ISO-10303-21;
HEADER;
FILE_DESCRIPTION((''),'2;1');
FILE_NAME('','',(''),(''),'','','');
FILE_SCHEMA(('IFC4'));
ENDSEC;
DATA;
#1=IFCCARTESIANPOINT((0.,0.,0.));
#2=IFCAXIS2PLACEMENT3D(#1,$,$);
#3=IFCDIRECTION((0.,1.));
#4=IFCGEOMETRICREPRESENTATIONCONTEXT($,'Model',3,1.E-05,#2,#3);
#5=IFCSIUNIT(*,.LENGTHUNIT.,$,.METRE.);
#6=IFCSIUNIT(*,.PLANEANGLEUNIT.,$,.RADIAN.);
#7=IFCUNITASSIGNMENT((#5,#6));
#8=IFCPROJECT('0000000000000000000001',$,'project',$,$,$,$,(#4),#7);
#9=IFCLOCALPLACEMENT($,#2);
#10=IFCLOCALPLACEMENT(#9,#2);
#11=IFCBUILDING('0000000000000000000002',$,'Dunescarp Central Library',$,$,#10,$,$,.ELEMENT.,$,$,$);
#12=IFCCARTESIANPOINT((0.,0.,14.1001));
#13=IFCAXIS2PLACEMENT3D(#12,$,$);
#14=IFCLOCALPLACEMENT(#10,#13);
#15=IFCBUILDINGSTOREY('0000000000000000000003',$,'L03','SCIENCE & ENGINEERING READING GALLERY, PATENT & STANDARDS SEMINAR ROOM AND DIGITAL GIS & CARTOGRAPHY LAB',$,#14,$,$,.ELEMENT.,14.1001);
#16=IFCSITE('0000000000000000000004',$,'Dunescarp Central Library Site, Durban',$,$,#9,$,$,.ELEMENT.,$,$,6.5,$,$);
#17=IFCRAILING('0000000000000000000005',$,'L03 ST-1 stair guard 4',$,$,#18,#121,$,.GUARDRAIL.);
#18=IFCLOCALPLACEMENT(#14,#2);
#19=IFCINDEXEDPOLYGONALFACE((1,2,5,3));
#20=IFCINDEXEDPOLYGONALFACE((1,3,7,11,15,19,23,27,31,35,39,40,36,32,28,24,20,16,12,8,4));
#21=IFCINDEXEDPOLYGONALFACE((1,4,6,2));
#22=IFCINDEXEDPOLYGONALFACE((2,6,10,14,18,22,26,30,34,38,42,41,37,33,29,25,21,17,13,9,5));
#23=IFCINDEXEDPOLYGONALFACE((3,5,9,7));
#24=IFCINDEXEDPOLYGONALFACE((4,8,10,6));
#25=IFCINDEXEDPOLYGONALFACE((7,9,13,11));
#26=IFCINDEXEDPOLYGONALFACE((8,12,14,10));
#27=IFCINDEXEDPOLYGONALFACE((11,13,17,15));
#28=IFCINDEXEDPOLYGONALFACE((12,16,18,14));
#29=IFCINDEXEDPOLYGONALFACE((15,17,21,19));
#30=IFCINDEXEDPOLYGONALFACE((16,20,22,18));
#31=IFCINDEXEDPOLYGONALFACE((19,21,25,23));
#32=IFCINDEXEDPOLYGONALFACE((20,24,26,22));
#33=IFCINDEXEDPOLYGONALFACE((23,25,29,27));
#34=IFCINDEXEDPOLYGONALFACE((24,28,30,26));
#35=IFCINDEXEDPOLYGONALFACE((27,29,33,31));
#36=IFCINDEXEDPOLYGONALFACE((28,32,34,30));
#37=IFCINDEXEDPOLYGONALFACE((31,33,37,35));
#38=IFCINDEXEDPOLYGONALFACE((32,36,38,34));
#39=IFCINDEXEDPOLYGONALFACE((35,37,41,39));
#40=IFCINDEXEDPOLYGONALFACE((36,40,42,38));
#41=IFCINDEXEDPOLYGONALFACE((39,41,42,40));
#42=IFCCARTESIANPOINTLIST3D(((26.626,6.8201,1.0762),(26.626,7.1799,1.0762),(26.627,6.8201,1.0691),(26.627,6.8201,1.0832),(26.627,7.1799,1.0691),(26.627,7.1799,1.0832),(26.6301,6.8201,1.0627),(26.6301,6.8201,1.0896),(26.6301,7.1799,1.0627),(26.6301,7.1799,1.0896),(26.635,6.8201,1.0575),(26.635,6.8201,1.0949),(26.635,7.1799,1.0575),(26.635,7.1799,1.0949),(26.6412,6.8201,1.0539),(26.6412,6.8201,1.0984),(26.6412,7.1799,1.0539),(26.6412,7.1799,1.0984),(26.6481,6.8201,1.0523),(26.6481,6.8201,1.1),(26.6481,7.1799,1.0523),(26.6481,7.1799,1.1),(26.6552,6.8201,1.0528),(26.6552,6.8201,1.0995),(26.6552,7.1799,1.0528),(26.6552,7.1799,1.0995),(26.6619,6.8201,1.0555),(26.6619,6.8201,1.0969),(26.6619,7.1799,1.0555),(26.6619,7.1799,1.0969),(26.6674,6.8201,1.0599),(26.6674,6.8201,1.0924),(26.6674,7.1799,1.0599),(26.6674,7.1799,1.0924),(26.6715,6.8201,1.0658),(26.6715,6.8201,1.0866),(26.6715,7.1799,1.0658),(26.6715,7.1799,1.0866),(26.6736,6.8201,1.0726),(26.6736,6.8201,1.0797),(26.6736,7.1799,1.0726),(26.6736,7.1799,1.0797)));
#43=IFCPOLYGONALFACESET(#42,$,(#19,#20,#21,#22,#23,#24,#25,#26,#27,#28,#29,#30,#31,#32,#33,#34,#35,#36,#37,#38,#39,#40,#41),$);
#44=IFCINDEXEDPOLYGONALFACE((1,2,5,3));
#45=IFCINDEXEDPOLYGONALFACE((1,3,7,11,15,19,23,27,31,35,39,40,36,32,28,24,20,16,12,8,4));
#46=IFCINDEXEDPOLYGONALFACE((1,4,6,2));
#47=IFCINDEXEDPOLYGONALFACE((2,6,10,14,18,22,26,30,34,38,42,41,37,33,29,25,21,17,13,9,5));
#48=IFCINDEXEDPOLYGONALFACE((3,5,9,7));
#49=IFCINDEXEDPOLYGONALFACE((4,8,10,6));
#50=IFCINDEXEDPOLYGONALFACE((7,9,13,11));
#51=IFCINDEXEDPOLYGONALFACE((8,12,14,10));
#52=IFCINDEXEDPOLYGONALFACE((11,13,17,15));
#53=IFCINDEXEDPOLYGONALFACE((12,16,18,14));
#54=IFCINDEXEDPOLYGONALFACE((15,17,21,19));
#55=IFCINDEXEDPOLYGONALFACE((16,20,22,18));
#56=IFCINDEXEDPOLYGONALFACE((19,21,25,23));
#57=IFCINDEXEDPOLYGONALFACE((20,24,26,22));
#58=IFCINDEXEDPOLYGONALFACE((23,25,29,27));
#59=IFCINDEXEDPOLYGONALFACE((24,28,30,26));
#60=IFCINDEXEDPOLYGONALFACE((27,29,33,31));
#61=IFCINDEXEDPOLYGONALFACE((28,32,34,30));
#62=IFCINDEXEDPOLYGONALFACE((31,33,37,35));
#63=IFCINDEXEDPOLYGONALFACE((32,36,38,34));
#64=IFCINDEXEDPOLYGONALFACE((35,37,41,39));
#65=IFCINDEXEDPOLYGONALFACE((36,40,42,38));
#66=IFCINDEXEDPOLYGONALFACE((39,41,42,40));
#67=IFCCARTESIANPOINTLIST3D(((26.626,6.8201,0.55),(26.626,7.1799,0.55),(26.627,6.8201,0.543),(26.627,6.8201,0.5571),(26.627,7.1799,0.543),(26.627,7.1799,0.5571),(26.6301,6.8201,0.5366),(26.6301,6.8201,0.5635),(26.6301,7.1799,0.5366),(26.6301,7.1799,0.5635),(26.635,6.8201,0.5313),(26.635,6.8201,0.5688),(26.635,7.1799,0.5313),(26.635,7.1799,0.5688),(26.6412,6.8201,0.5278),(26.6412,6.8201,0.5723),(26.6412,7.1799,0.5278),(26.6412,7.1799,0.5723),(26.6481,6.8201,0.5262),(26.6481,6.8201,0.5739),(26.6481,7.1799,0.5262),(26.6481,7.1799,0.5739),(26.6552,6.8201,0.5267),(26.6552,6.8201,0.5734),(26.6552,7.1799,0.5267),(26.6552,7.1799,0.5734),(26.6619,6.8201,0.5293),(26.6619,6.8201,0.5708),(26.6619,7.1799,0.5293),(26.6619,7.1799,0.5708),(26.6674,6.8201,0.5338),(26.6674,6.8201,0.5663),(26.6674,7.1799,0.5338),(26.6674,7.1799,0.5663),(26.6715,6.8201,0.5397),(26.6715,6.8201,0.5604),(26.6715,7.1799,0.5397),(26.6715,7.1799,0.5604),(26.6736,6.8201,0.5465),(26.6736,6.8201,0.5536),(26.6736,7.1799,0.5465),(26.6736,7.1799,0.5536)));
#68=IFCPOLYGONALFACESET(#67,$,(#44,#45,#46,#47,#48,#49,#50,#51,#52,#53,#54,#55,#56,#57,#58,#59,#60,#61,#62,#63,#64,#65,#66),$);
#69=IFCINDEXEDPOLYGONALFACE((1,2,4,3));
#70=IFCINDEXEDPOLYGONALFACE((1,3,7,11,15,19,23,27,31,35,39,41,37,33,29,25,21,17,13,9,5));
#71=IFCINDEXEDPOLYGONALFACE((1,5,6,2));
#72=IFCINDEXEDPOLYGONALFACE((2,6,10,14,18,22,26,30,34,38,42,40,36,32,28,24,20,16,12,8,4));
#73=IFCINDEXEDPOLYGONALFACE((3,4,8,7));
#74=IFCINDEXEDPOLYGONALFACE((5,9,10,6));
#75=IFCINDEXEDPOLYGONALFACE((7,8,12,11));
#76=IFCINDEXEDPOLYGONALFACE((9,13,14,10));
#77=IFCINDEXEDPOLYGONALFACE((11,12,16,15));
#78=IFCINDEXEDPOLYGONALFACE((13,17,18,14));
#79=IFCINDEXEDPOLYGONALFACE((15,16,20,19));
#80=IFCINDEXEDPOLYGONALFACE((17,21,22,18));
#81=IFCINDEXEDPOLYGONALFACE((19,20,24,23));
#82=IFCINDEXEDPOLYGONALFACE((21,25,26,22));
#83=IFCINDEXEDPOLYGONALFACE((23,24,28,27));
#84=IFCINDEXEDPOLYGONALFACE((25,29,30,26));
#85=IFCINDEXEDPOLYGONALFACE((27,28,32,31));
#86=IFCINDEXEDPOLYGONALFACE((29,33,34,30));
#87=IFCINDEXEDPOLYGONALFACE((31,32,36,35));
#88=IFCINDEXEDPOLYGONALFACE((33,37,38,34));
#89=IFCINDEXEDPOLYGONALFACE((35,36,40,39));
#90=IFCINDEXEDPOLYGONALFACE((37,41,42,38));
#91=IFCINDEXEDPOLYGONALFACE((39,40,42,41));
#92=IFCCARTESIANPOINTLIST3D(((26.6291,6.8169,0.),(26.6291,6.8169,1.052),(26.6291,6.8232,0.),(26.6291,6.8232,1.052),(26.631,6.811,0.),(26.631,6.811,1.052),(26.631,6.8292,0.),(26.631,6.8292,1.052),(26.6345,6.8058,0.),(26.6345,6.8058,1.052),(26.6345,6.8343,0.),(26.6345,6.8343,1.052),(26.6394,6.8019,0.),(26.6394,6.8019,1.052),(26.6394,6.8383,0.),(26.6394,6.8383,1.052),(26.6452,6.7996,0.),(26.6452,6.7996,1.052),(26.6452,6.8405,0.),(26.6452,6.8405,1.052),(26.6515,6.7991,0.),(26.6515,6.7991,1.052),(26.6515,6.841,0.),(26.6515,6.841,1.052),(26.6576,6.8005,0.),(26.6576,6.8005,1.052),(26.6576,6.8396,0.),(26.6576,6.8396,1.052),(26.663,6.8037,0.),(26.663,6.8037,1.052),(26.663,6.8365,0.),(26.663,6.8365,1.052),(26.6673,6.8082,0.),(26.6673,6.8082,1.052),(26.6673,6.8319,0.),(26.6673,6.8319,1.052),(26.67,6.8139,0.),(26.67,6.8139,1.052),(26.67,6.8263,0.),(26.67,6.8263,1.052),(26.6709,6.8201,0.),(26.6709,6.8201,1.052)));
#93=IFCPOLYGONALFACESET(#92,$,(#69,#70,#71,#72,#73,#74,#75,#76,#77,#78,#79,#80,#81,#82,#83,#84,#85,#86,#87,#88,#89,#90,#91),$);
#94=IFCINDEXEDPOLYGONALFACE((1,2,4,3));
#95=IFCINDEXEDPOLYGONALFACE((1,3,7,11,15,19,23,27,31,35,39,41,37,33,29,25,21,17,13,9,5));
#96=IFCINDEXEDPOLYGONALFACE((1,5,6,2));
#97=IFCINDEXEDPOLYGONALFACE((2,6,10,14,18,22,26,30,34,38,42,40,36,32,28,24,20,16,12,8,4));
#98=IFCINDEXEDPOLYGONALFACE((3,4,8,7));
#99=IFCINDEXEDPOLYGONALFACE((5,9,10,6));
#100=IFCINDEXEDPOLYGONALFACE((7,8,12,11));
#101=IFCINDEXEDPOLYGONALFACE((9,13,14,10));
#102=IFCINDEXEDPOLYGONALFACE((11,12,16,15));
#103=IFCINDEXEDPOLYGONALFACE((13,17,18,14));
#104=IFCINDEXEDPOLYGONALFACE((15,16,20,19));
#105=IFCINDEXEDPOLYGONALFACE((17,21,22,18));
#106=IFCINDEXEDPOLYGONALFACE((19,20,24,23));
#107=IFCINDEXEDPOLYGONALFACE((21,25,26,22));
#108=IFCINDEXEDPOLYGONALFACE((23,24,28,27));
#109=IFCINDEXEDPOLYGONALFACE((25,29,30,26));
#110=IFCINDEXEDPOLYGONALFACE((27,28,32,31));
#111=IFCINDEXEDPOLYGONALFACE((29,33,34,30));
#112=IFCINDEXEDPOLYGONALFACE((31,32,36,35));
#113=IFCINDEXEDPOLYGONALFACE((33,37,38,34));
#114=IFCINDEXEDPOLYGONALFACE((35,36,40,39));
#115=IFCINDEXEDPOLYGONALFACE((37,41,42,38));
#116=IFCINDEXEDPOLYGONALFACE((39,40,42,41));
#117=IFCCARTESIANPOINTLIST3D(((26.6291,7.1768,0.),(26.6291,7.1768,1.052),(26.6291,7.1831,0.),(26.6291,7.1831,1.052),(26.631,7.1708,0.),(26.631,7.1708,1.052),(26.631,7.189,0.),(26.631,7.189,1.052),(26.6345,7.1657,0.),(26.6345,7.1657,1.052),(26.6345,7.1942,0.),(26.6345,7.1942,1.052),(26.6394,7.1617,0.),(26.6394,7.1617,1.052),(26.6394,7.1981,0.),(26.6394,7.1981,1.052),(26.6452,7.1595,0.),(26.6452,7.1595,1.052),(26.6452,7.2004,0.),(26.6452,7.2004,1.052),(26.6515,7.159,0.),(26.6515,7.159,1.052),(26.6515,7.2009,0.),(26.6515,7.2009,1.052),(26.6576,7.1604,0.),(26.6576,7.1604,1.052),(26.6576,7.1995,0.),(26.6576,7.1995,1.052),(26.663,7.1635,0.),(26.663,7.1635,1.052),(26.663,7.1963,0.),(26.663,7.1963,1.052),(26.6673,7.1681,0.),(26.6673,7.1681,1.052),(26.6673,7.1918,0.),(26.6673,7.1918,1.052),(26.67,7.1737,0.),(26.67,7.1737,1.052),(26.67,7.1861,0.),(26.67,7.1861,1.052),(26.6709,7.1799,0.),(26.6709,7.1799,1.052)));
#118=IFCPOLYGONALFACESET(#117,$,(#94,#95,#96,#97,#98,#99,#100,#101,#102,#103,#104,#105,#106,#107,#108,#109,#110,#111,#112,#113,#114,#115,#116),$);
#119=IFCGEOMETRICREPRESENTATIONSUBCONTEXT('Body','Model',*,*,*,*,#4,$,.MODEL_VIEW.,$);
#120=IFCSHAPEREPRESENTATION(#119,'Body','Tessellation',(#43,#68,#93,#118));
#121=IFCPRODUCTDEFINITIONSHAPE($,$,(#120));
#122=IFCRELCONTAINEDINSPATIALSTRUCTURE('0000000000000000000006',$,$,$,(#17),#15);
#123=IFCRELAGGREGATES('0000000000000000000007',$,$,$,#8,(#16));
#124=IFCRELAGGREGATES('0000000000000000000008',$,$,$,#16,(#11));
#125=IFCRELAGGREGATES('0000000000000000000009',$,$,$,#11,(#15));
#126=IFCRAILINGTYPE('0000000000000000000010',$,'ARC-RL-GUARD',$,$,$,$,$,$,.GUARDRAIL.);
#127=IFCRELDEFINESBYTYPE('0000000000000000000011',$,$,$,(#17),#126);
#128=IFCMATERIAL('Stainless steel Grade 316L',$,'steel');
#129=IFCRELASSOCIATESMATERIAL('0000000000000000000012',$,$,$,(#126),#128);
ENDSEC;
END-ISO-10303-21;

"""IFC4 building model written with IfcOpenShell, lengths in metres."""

from ifc_helpers import new_model, si_unit, direction, frame, origin, origin_2d, place, context, subcontext, project, spatial, circle, extrude, material, type_object, element, save


model = new_model("IFC4")

# Units and contexts
model_context = context("Model", 3, precision=1e-05, world=origin(), true_north=direction((0.0, 1.0)))
body_context = subcontext(model_context, "Body", "Model", "MODEL_VIEW")
ifc_project = project(units=[si_unit("LENGTHUNIT", "METRE"), si_unit("PLANEANGLEUNIT", "RADIAN")], contexts=[model_context])

# Site, building, storey
site_placement = place(None, origin())
site = spatial("IfcSite", under=ifc_project, at=site_placement, Name="Dunescarp Central Library Site, Durban", CompositionType="ELEMENT", RefElevation=6.5)
building_placement = place(site_placement, origin())
building = spatial("IfcBuilding", under=site, at=building_placement, Name="Dunescarp Central Library", CompositionType="ELEMENT")
storey_placement = place(building_placement, frame((0.0, 0.0, 14.1001)))
storey = spatial("IfcBuildingStorey", under=building, at=storey_placement, Name="L03", Description="SCIENCE & ENGINEERING READING GALLERY, PATENT & STANDARDS SEMINAR ROOM AND DIGITAL GIS & CARTOGRAPHY LAB", CompositionType="ELEMENT", Elevation=14.1001)

# Railing
ifc_material_1 = material(Name="Stainless steel Grade 316L", Category="steel")
railing_type_1 = type_object("IfcRailingType", Name="ARC-RL-GUARD", PredefinedType="GUARDRAIL", material=ifc_material_1)
for number, where, name in (
    (1, (26.6499, 6.8201, 0.0), "L03 ST-1 stair guard 4"),
):
    element("IfcRailing", number, at=place(storey_placement, frame(where)), inside=storey, type_object=railing_type_1, Name=name, PredefinedType="GUARDRAIL", context=body_context, shape_type="SweptSolid", body=[
        extrude(circle(Radius=0.0239, at=origin_2d()), frame((0.0, 0.0, 1.0762), z_axis=(0.0, 1.0, 0.0), x_axis=(-1.0, 0.0, 0.0)), (0.0, 0.0, 1.0), 0.3599),
        extrude(circle(Radius=0.0239, at=origin_2d()), frame((0.0, 0.0, 0.55), z_axis=(0.0, 1.0, 0.0), x_axis=(-1.0, 0.0, 0.0)), (0.0, 0.0, 1.0), 0.3599),
        extrude(circle(Radius=0.021, at=origin_2d()), origin(), (0.0, 0.0, 1.0), 1.052),
        extrude(circle(Radius=0.021, at=origin_2d()), frame((0.0, 0.3599, 0.0)), (0.0, 0.0, 1.0), 1.052),
    ])

save(model, "model.ifc")
